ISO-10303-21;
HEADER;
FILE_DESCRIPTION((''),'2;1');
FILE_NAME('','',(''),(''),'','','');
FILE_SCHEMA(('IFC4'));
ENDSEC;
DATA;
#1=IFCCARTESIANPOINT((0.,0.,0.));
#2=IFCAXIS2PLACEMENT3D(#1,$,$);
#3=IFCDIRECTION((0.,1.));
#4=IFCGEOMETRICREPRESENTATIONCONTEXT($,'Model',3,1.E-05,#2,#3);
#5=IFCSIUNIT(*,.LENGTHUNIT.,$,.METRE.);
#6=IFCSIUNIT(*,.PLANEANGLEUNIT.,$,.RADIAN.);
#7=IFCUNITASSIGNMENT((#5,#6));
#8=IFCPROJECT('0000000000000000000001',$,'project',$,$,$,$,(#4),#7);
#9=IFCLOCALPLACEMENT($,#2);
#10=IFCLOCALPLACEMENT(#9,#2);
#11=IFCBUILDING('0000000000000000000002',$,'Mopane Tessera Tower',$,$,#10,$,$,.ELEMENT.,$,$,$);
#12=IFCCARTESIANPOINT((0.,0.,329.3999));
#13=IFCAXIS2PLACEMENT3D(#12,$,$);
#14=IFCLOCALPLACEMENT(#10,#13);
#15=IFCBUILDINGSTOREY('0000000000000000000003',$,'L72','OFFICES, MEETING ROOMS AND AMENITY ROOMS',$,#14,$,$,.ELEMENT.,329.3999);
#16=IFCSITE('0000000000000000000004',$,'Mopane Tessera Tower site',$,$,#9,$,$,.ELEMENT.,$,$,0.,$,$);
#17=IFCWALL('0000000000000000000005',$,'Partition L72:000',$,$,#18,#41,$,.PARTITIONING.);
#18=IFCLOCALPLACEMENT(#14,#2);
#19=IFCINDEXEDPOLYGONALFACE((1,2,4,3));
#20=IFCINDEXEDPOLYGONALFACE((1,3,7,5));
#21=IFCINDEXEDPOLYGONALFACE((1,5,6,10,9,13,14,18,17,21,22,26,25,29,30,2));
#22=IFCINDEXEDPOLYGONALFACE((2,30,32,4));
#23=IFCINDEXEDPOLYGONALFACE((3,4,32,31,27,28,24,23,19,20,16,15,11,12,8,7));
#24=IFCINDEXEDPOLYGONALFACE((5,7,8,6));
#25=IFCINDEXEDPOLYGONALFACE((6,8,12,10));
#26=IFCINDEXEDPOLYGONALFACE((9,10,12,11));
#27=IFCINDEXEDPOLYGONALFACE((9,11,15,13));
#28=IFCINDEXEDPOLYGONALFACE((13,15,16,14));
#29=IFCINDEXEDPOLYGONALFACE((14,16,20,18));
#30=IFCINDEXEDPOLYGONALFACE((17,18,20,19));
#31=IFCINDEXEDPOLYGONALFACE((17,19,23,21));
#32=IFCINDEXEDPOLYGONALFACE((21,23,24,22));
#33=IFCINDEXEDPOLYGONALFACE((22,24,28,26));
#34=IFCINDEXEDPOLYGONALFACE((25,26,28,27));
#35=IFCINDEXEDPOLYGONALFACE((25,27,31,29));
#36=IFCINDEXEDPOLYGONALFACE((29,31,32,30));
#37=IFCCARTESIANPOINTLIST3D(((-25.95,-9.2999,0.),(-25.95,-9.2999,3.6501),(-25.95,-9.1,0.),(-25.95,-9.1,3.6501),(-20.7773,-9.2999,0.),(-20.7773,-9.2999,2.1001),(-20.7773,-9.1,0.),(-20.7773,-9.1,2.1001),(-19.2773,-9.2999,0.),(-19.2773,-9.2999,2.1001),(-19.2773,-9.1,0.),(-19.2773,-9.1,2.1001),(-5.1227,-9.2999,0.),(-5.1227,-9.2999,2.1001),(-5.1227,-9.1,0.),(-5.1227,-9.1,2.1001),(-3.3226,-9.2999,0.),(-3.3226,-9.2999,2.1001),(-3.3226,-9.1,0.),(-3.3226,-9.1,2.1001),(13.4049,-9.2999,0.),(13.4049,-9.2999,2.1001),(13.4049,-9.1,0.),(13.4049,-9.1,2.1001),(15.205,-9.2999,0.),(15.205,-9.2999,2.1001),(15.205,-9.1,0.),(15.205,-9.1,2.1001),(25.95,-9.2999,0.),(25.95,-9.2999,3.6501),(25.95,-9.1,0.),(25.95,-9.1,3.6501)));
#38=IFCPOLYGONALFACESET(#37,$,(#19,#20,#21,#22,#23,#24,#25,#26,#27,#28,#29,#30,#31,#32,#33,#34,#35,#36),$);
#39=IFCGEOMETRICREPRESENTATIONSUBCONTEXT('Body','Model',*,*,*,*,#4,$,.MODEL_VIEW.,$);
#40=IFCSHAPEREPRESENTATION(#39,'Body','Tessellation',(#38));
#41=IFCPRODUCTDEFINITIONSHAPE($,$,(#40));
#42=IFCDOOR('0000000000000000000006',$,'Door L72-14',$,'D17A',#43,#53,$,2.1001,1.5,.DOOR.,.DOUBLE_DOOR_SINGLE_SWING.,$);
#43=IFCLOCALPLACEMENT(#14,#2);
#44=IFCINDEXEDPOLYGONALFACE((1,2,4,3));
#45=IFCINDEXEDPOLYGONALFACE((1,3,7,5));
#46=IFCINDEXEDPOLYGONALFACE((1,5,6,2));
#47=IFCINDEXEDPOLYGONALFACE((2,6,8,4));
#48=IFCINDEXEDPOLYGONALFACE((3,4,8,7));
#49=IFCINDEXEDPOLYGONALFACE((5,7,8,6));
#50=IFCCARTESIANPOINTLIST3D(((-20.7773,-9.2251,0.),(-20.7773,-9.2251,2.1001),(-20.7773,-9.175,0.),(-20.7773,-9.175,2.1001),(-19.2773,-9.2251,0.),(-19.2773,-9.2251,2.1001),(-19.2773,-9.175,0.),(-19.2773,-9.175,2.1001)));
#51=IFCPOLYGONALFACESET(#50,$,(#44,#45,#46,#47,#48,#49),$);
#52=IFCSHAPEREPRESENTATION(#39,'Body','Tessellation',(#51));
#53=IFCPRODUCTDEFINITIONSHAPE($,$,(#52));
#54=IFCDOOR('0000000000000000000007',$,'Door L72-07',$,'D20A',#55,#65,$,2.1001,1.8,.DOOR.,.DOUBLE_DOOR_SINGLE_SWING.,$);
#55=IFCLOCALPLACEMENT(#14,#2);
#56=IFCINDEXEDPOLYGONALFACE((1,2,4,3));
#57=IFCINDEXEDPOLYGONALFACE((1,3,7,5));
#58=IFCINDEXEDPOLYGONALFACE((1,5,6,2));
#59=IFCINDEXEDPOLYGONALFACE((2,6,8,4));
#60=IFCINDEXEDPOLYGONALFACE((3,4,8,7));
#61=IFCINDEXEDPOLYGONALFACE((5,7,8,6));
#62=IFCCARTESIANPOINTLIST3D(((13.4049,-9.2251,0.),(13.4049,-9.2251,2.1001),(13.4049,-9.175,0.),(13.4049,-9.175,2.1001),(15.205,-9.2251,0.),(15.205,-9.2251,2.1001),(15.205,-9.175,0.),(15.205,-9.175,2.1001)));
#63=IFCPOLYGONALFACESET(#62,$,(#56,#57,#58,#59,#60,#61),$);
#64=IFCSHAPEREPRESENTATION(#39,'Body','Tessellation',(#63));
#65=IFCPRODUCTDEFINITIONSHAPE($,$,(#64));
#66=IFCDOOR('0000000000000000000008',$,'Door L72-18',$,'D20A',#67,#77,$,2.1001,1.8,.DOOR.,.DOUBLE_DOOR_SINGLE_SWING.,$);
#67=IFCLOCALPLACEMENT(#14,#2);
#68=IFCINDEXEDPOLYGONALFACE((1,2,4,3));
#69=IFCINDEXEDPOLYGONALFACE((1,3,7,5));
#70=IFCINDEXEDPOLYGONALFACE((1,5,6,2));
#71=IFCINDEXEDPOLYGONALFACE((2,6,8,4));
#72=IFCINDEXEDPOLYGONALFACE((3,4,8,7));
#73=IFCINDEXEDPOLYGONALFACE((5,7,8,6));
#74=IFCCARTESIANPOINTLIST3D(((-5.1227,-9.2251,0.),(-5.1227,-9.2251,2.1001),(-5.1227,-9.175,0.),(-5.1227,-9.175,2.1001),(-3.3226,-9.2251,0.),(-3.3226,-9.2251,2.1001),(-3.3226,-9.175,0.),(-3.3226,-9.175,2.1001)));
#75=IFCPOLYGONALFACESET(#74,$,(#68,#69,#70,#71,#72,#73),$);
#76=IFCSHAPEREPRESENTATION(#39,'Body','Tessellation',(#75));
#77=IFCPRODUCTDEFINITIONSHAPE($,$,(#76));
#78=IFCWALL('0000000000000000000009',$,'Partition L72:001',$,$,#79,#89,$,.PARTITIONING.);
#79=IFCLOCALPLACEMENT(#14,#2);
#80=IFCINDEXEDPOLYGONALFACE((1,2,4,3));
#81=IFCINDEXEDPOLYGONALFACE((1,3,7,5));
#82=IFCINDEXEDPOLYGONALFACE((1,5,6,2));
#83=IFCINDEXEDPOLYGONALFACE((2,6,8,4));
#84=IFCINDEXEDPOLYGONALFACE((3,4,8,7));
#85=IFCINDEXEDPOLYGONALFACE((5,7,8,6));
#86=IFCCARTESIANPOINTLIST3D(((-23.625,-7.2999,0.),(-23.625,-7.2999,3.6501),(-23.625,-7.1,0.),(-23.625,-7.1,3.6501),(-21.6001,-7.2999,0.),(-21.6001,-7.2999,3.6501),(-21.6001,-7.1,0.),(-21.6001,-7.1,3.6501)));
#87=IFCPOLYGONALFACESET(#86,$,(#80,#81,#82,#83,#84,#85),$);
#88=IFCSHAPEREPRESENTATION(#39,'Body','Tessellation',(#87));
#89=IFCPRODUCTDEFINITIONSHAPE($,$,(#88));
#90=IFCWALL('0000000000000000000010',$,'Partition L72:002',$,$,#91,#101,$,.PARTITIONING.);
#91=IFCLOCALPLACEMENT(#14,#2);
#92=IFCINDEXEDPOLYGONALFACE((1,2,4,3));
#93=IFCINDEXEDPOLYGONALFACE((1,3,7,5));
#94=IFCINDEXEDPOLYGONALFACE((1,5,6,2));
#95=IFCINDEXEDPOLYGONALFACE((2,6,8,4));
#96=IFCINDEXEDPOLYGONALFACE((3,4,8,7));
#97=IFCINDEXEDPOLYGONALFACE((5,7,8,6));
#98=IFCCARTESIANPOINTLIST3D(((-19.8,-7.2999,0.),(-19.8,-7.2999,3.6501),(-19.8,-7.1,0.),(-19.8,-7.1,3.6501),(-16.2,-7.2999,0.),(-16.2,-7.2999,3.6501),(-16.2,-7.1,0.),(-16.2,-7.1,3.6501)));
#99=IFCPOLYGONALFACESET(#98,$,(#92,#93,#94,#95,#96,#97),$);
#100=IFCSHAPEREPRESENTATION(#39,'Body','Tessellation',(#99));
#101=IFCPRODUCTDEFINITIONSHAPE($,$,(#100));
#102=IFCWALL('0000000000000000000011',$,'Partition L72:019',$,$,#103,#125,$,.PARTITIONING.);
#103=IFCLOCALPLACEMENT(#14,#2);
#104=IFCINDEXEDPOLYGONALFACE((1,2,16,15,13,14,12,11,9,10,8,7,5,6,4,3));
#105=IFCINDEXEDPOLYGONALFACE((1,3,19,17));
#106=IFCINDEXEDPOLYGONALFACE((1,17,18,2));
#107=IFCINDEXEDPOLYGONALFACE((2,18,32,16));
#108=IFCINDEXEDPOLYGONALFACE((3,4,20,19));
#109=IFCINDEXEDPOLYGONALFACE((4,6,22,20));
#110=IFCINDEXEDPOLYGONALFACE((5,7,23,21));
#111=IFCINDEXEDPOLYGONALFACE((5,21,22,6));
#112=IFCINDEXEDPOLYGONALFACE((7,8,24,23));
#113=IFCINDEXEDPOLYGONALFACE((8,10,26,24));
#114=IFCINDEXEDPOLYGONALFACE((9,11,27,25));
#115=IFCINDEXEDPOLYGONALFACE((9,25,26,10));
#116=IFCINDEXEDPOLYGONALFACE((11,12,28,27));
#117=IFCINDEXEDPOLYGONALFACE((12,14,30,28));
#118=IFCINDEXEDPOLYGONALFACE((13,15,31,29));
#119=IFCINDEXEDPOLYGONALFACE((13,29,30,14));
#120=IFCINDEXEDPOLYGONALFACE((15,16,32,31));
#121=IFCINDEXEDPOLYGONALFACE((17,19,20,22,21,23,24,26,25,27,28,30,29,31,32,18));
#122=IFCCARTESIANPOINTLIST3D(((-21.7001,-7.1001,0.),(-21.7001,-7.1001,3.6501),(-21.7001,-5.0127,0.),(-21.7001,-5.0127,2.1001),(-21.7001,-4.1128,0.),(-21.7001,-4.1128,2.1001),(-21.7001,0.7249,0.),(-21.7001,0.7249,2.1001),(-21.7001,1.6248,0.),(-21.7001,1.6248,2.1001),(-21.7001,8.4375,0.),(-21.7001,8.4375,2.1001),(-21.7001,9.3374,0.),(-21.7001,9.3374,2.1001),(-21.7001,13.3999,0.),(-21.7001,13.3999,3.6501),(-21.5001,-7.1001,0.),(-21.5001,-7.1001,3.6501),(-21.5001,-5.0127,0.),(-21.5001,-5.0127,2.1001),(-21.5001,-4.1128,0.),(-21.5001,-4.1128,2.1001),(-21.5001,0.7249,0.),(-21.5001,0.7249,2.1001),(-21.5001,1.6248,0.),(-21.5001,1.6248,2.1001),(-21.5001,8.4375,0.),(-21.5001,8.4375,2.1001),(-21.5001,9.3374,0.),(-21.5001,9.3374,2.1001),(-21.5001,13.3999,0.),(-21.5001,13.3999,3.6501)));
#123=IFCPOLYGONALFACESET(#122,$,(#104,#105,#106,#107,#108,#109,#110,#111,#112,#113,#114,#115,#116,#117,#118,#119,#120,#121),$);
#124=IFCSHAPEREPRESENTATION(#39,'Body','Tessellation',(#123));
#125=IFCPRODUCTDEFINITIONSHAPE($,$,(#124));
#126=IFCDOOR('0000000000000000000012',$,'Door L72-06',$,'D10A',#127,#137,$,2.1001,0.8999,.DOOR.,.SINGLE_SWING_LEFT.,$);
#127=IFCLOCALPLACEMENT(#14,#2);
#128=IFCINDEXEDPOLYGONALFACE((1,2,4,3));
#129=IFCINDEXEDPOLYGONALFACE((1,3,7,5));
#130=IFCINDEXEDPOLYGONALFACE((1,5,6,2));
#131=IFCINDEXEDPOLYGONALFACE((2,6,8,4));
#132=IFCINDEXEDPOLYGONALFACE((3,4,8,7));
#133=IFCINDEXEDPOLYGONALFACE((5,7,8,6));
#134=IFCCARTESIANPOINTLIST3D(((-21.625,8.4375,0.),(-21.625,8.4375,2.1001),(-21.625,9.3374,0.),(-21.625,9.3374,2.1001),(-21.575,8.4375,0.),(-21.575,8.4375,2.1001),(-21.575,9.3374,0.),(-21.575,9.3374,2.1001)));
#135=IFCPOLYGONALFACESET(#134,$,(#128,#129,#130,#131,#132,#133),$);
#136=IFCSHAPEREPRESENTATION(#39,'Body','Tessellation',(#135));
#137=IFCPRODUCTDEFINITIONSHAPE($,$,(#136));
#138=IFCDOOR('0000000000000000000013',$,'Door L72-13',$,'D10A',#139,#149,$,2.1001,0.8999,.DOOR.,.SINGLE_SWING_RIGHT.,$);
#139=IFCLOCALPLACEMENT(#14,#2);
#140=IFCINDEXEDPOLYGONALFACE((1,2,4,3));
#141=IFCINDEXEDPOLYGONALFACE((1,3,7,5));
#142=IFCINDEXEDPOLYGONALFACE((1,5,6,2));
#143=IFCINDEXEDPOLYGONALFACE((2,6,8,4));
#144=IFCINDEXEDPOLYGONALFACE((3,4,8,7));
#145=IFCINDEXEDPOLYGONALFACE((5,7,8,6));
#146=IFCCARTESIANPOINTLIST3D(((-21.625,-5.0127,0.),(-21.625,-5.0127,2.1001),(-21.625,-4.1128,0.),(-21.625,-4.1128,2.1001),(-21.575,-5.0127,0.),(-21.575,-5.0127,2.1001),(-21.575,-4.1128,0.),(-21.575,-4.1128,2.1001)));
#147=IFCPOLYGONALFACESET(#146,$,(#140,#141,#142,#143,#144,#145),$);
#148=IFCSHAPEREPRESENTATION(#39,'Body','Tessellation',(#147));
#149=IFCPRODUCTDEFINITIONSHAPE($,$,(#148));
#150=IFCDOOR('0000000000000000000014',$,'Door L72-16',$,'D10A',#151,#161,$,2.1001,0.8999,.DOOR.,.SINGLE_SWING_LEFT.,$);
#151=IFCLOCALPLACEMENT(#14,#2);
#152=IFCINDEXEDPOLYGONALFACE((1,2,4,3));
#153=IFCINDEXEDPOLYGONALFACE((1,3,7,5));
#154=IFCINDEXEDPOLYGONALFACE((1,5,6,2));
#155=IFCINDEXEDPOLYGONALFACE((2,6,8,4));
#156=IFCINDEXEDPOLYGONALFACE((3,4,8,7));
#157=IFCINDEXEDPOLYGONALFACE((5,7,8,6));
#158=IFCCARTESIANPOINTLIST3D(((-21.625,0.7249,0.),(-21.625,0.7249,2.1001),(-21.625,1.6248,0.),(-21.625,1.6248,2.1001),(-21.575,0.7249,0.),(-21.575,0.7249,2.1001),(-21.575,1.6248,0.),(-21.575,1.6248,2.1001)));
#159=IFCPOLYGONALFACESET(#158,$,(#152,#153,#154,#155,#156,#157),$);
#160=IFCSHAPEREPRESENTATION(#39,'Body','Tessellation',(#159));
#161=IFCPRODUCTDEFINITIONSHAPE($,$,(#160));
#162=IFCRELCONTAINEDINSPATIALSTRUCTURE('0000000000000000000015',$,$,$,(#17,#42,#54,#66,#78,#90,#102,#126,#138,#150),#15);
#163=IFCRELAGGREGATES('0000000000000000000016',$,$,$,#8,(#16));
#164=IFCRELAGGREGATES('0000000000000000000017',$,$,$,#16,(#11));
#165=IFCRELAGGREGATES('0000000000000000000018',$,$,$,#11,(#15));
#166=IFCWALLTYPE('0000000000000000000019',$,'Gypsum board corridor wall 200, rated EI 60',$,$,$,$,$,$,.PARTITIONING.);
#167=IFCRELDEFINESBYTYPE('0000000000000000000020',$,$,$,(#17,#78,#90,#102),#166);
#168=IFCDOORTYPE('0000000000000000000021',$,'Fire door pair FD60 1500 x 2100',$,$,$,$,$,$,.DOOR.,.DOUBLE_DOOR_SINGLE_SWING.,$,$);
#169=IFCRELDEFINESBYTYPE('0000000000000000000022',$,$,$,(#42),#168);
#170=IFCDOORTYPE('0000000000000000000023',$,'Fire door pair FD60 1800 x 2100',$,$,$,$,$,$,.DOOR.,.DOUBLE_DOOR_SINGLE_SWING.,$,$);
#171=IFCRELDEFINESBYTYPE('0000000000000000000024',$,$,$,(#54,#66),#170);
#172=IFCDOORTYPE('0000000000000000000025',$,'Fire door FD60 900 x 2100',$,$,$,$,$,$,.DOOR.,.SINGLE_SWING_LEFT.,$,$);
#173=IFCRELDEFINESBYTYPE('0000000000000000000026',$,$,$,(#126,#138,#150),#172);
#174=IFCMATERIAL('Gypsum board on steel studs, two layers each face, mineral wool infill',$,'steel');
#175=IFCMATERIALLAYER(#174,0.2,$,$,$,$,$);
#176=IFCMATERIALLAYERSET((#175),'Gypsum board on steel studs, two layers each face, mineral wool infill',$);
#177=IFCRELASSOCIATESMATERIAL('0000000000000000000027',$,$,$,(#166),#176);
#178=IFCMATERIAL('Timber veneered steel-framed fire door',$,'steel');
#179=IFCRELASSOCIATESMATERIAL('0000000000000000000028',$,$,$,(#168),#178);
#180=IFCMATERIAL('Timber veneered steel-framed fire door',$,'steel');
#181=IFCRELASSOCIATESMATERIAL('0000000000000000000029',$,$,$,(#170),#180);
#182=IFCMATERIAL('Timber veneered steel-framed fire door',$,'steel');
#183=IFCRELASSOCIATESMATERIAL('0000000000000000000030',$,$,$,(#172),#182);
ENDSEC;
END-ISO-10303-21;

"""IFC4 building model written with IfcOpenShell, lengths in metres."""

from ifc_helpers import new_model, si_unit, direction, frame, frame_2d, origin, place, context, subcontext, project, spatial, rectangle, extrude, material, layer, layer_set, type_object, element, fill, save


model = new_model("IFC4")

# Units and contexts
model_context = context("Model", 3, precision=1e-05, world=origin(), true_north=direction((0.0, 1.0)))
body_context = subcontext(model_context, "Body", "Model", "MODEL_VIEW")
ifc_project = project(units=[si_unit("LENGTHUNIT", "METRE"), si_unit("PLANEANGLEUNIT", "RADIAN")], contexts=[model_context])

# Site, building, storey
site_placement = place(None, origin())
site = spatial("IfcSite", under=ifc_project, at=site_placement, Name="Mopane Tessera Tower site", CompositionType="ELEMENT", RefElevation=0.0)
building_placement = place(site_placement, origin())
building = spatial("IfcBuilding", under=site, at=building_placement, Name="Mopane Tessera Tower", CompositionType="ELEMENT")
storey_placement = place(building_placement, frame((0.0, 0.0, 329.3999)))
storey = spatial("IfcBuildingStorey", under=building, at=storey_placement, Name="L72", Description="OFFICES, MEETING ROOMS AND AMENITY ROOMS", CompositionType="ELEMENT", Elevation=329.3999)

# Wall, openings, doors
ifc_material_1 = material(Name="Gypsum board on steel studs, two layers each face, mineral wool infill", Category="steel")
ifc_layer_1 = layer(ifc_material_1, 0.2)
ifc_layer_set_1 = layer_set([ifc_layer_1], Name="Gypsum board on steel studs, two layers each face, mineral wool infill")
wall_type_1 = type_object("IfcWallType", Name="Gypsum board corridor wall 200, rated EI 60", PredefinedType="PARTITIONING", material=ifc_layer_set_1)
wall_1_placement = place(storey_placement, frame((-25.95, -9.2, 0.0), z_axis=(0.0, 0.0, 1.0), x_axis=(1.0, 0.0, 0.0)))
wall_1 = element("IfcWall", 1, at=wall_1_placement, inside=storey, type_object=wall_type_1, Name="Partition L72:000", PredefinedType="PARTITIONING", context=body_context, shape_type="SweptSolid", body=[
    extrude(rectangle(XDim=51.8999, YDim=0.2, at=frame_2d((25.95, 0.0))), origin(), (0.0, 0.0, 1.0), 3.6501),
])
opening_1_placement = place(wall_1_placement, frame((39.355, 0.0, 0.0)))
opening_1 = element("IfcOpeningElement", 2, at=opening_1_placement, cuts=wall_1, PredefinedType="OPENING", context=body_context, shape_type="SweptSolid", body=[
    extrude(rectangle(XDim=1.8, YDim=2.1001, at=frame_2d((0.8999, 1.05))), frame((0.0, 0.1121, 0.0), z_axis=(0.0, -1.0, 0.0), x_axis=(1.0, 0.0, 0.0)), (0.0, 0.0, 1.0), 0.2239),
])
opening_2_placement = place(wall_1_placement, frame((5.1726, 0.0, 0.0)))
opening_2 = element("IfcOpeningElement", 3, at=opening_2_placement, cuts=wall_1, PredefinedType="OPENING", context=body_context, shape_type="SweptSolid", body=[
    extrude(rectangle(XDim=1.5, YDim=2.1001, at=frame_2d((0.75, 1.05))), frame((0.0, 0.1121, 0.0), z_axis=(0.0, -1.0, 0.0), x_axis=(1.0, 0.0, 0.0)), (0.0, 0.0, 1.0), 0.2239),
])
opening_3_placement = place(wall_1_placement, frame((20.8274, 0.0, 0.0)))
opening_3 = element("IfcOpeningElement", 4, at=opening_3_placement, cuts=wall_1, PredefinedType="OPENING", context=body_context, shape_type="SweptSolid", body=[
    extrude(rectangle(XDim=1.8, YDim=2.1001, at=frame_2d((0.8999, 1.05))), frame((0.0, 0.1121, 0.0), z_axis=(0.0, -1.0, 0.0), x_axis=(1.0, 0.0, 0.0)), (0.0, 0.0, 1.0), 0.2239),
])
ifc_material_2 = material(Name="Timber veneered steel-framed fire door", Category="steel")
door_type_1 = type_object("IfcDoorType", Name="Fire door pair FD60 1500 x 2100", OperationType="DOUBLE_DOOR_SINGLE_SWING", PredefinedType="DOOR", material=ifc_material_2)
door_1_placement = place(opening_2_placement, origin())
door_1 = element("IfcDoor", 5, at=door_1_placement, inside=storey, type_object=door_type_1, Name="Door L72-14", ObjectType="D17A", OperationType="DOUBLE_DOOR_SINGLE_SWING", OverallHeight=2.1001, OverallWidth=1.5, PredefinedType="DOOR", context=body_context, shape_type="SweptSolid", body=[
    extrude(rectangle(XDim=1.5, YDim=2.1001, at=frame_2d((0.75, 1.05))), frame((0.0, 0.0249, 0.0), z_axis=(0.0, -1.0, 0.0), x_axis=(1.0, 0.0, 0.0)), (0.0, 0.0, 1.0), 0.05),
])
fill(opening_2, door_1)
ifc_material_3 = material(Name="Timber veneered steel-framed fire door", Category="steel")
door_type_2 = type_object("IfcDoorType", Name="Fire door pair FD60 1800 x 2100", OperationType="DOUBLE_DOOR_SINGLE_SWING", PredefinedType="DOOR", material=ifc_material_3)
door_2_placement = place(opening_1_placement, origin())
door_2 = element("IfcDoor", 6, at=door_2_placement, inside=storey, type_object=door_type_2, Name="Door L72-07", ObjectType="D20A", OperationType="DOUBLE_DOOR_SINGLE_SWING", OverallHeight=2.1001, OverallWidth=1.8, PredefinedType="DOOR", context=body_context, shape_type="SweptSolid", body=[
    extrude(rectangle(XDim=1.8, YDim=2.1001, at=frame_2d((0.8999, 1.05))), frame((0.0, 0.0249, 0.0), z_axis=(0.0, -1.0, 0.0), x_axis=(1.0, 0.0, 0.0)), (0.0, 0.0, 1.0), 0.05),
])
fill(opening_1, door_2)
door_3_placement = place(opening_3_placement, origin())
door_3 = element("IfcDoor", 7, at=door_3_placement, inside=storey, type_object=door_type_2, Name="Door L72-18", ObjectType="D20A", OperationType="DOUBLE_DOOR_SINGLE_SWING", OverallHeight=2.1001, OverallWidth=1.8, PredefinedType="DOOR", context=body_context, shape_type="SweptSolid", body=[
    extrude(rectangle(XDim=1.8, YDim=2.1001, at=frame_2d((0.8999, 1.05))), frame((0.0, 0.0249, 0.0), z_axis=(0.0, -1.0, 0.0), x_axis=(1.0, 0.0, 0.0)), (0.0, 0.0, 1.0), 0.05),
])
fill(opening_3, door_3)

# Walls
wall_2_placement = place(storey_placement, frame((-23.625, -7.2, 0.0), z_axis=(0.0, 0.0, 1.0), x_axis=(1.0, 0.0, 0.0)))
element("IfcWall", 8, at=wall_2_placement, inside=storey, type_object=wall_type_1, Name="Partition L72:001", PredefinedType="PARTITIONING", context=body_context, shape_type="SweptSolid", body=[
    extrude(rectangle(XDim=2.0249, YDim=0.2, at=frame_2d((1.0125, 0.0))), origin(), (0.0, 0.0, 1.0), 3.6501),
])
wall_3_placement = place(storey_placement, frame((-19.8, -7.2, 0.0), z_axis=(0.0, 0.0, 1.0), x_axis=(1.0, 0.0, 0.0)))
element("IfcWall", 9, at=wall_3_placement, inside=storey, type_object=wall_type_1, Name="Partition L72:002", PredefinedType="PARTITIONING", context=body_context, shape_type="SweptSolid", body=[
    extrude(rectangle(XDim=3.6001, YDim=0.2, at=frame_2d((1.8, 0.0))), origin(), (0.0, 0.0, 1.0), 3.6501),
])

# Wall, openings, doors
wall_4_placement = place(storey_placement, frame((-21.6001, -7.1001, 0.0), z_axis=(0.0, 0.0, 1.0), x_axis=(0.0, 1.0, 0.0)))
wall_4 = element("IfcWall", 10, at=wall_4_placement, inside=storey, type_object=wall_type_1, Name="Partition L72:019", PredefinedType="PARTITIONING", context=body_context, shape_type="SweptSolid", body=[
    extrude(rectangle(XDim=20.5, YDim=0.2, at=frame_2d((10.25, 0.0))), origin(), (0.0, 0.0, 1.0), 3.6501),
])
opening_4_placement = place(wall_4_placement, frame((15.5376, 0.0, 0.0)))
opening_4 = element("IfcOpeningElement", 11, at=opening_4_placement, cuts=wall_4, PredefinedType="OPENING", context=body_context, shape_type="SweptSolid", body=[
    extrude(rectangle(XDim=0.8999, YDim=2.1001, at=frame_2d((0.45, 1.05))), frame((0.0, 0.1121, 0.0), z_axis=(0.0, -1.0, 0.0), x_axis=(1.0, 0.0, 0.0)), (0.0, 0.0, 1.0), 0.2239),
])
opening_5_placement = place(wall_4_placement, frame((2.0874, 0.0, 0.0)))
opening_5 = element("IfcOpeningElement", 12, at=opening_5_placement, cuts=wall_4, PredefinedType="OPENING", context=body_context, shape_type="SweptSolid", body=[
    extrude(rectangle(XDim=0.8999, YDim=2.1001, at=frame_2d((0.45, 1.05))), frame((0.0, 0.1121, 0.0), z_axis=(0.0, -1.0, 0.0), x_axis=(1.0, 0.0, 0.0)), (0.0, 0.0, 1.0), 0.2239),
])
opening_6_placement = place(wall_4_placement, frame((7.825, 0.0, 0.0)))
opening_6 = element("IfcOpeningElement", 13, at=opening_6_placement, cuts=wall_4, PredefinedType="OPENING", context=body_context, shape_type="SweptSolid", body=[
    extrude(rectangle(XDim=0.8999, YDim=2.1001, at=frame_2d((0.45, 1.05))), frame((0.0, 0.1121, 0.0), z_axis=(0.0, -1.0, 0.0), x_axis=(1.0, 0.0, 0.0)), (0.0, 0.0, 1.0), 0.2239),
])
ifc_material_4 = material(Name="Timber veneered steel-framed fire door", Category="steel")
door_type_3 = type_object("IfcDoorType", Name="Fire door FD60 900 x 2100", OperationType="SINGLE_SWING_LEFT", PredefinedType="DOOR", material=ifc_material_4)
door_4_placement = place(opening_4_placement, origin())
door_4 = element("IfcDoor", 14, at=door_4_placement, inside=storey, type_object=door_type_3, Name="Door L72-06", ObjectType="D10A", OperationType="SINGLE_SWING_LEFT", OverallHeight=2.1001, OverallWidth=0.8999, PredefinedType="DOOR", context=body_context, shape_type="SweptSolid", body=[
    extrude(rectangle(XDim=0.8999, YDim=2.1001, at=frame_2d((0.45, 1.05))), frame((0.0, 0.0249, 0.0), z_axis=(0.0, -1.0, 0.0), x_axis=(1.0, 0.0, 0.0)), (0.0, 0.0, 1.0), 0.05),
])
fill(opening_4, door_4)
door_5_placement = place(opening_5_placement, origin())
door_5 = element("IfcDoor", 15, at=door_5_placement, inside=storey, type_object=door_type_3, Name="Door L72-13", ObjectType="D10A", OperationType="SINGLE_SWING_RIGHT", OverallHeight=2.1001, OverallWidth=0.8999, PredefinedType="DOOR", context=body_context, shape_type="SweptSolid", body=[
    extrude(rectangle(XDim=0.8999, YDim=2.1001, at=frame_2d((0.45, 1.05))), frame((0.0, 0.0249, 0.0), z_axis=(0.0, -1.0, 0.0), x_axis=(1.0, 0.0, 0.0)), (0.0, 0.0, 1.0), 0.05),
])
fill(opening_5, door_5)
door_6_placement = place(opening_6_placement, origin())
door_6 = element("IfcDoor", 16, at=door_6_placement, inside=storey, type_object=door_type_3, Name="Door L72-16", ObjectType="D10A", OperationType="SINGLE_SWING_LEFT", OverallHeight=2.1001, OverallWidth=0.8999, PredefinedType="DOOR", context=body_context, shape_type="SweptSolid", body=[
    extrude(rectangle(XDim=0.8999, YDim=2.1001, at=frame_2d((0.45, 1.05))), frame((0.0, 0.0249, 0.0), z_axis=(0.0, -1.0, 0.0), x_axis=(1.0, 0.0, 0.0)), (0.0, 0.0, 1.0), 0.05),
])
fill(opening_6, door_6)

save(model, "model.ifc")
